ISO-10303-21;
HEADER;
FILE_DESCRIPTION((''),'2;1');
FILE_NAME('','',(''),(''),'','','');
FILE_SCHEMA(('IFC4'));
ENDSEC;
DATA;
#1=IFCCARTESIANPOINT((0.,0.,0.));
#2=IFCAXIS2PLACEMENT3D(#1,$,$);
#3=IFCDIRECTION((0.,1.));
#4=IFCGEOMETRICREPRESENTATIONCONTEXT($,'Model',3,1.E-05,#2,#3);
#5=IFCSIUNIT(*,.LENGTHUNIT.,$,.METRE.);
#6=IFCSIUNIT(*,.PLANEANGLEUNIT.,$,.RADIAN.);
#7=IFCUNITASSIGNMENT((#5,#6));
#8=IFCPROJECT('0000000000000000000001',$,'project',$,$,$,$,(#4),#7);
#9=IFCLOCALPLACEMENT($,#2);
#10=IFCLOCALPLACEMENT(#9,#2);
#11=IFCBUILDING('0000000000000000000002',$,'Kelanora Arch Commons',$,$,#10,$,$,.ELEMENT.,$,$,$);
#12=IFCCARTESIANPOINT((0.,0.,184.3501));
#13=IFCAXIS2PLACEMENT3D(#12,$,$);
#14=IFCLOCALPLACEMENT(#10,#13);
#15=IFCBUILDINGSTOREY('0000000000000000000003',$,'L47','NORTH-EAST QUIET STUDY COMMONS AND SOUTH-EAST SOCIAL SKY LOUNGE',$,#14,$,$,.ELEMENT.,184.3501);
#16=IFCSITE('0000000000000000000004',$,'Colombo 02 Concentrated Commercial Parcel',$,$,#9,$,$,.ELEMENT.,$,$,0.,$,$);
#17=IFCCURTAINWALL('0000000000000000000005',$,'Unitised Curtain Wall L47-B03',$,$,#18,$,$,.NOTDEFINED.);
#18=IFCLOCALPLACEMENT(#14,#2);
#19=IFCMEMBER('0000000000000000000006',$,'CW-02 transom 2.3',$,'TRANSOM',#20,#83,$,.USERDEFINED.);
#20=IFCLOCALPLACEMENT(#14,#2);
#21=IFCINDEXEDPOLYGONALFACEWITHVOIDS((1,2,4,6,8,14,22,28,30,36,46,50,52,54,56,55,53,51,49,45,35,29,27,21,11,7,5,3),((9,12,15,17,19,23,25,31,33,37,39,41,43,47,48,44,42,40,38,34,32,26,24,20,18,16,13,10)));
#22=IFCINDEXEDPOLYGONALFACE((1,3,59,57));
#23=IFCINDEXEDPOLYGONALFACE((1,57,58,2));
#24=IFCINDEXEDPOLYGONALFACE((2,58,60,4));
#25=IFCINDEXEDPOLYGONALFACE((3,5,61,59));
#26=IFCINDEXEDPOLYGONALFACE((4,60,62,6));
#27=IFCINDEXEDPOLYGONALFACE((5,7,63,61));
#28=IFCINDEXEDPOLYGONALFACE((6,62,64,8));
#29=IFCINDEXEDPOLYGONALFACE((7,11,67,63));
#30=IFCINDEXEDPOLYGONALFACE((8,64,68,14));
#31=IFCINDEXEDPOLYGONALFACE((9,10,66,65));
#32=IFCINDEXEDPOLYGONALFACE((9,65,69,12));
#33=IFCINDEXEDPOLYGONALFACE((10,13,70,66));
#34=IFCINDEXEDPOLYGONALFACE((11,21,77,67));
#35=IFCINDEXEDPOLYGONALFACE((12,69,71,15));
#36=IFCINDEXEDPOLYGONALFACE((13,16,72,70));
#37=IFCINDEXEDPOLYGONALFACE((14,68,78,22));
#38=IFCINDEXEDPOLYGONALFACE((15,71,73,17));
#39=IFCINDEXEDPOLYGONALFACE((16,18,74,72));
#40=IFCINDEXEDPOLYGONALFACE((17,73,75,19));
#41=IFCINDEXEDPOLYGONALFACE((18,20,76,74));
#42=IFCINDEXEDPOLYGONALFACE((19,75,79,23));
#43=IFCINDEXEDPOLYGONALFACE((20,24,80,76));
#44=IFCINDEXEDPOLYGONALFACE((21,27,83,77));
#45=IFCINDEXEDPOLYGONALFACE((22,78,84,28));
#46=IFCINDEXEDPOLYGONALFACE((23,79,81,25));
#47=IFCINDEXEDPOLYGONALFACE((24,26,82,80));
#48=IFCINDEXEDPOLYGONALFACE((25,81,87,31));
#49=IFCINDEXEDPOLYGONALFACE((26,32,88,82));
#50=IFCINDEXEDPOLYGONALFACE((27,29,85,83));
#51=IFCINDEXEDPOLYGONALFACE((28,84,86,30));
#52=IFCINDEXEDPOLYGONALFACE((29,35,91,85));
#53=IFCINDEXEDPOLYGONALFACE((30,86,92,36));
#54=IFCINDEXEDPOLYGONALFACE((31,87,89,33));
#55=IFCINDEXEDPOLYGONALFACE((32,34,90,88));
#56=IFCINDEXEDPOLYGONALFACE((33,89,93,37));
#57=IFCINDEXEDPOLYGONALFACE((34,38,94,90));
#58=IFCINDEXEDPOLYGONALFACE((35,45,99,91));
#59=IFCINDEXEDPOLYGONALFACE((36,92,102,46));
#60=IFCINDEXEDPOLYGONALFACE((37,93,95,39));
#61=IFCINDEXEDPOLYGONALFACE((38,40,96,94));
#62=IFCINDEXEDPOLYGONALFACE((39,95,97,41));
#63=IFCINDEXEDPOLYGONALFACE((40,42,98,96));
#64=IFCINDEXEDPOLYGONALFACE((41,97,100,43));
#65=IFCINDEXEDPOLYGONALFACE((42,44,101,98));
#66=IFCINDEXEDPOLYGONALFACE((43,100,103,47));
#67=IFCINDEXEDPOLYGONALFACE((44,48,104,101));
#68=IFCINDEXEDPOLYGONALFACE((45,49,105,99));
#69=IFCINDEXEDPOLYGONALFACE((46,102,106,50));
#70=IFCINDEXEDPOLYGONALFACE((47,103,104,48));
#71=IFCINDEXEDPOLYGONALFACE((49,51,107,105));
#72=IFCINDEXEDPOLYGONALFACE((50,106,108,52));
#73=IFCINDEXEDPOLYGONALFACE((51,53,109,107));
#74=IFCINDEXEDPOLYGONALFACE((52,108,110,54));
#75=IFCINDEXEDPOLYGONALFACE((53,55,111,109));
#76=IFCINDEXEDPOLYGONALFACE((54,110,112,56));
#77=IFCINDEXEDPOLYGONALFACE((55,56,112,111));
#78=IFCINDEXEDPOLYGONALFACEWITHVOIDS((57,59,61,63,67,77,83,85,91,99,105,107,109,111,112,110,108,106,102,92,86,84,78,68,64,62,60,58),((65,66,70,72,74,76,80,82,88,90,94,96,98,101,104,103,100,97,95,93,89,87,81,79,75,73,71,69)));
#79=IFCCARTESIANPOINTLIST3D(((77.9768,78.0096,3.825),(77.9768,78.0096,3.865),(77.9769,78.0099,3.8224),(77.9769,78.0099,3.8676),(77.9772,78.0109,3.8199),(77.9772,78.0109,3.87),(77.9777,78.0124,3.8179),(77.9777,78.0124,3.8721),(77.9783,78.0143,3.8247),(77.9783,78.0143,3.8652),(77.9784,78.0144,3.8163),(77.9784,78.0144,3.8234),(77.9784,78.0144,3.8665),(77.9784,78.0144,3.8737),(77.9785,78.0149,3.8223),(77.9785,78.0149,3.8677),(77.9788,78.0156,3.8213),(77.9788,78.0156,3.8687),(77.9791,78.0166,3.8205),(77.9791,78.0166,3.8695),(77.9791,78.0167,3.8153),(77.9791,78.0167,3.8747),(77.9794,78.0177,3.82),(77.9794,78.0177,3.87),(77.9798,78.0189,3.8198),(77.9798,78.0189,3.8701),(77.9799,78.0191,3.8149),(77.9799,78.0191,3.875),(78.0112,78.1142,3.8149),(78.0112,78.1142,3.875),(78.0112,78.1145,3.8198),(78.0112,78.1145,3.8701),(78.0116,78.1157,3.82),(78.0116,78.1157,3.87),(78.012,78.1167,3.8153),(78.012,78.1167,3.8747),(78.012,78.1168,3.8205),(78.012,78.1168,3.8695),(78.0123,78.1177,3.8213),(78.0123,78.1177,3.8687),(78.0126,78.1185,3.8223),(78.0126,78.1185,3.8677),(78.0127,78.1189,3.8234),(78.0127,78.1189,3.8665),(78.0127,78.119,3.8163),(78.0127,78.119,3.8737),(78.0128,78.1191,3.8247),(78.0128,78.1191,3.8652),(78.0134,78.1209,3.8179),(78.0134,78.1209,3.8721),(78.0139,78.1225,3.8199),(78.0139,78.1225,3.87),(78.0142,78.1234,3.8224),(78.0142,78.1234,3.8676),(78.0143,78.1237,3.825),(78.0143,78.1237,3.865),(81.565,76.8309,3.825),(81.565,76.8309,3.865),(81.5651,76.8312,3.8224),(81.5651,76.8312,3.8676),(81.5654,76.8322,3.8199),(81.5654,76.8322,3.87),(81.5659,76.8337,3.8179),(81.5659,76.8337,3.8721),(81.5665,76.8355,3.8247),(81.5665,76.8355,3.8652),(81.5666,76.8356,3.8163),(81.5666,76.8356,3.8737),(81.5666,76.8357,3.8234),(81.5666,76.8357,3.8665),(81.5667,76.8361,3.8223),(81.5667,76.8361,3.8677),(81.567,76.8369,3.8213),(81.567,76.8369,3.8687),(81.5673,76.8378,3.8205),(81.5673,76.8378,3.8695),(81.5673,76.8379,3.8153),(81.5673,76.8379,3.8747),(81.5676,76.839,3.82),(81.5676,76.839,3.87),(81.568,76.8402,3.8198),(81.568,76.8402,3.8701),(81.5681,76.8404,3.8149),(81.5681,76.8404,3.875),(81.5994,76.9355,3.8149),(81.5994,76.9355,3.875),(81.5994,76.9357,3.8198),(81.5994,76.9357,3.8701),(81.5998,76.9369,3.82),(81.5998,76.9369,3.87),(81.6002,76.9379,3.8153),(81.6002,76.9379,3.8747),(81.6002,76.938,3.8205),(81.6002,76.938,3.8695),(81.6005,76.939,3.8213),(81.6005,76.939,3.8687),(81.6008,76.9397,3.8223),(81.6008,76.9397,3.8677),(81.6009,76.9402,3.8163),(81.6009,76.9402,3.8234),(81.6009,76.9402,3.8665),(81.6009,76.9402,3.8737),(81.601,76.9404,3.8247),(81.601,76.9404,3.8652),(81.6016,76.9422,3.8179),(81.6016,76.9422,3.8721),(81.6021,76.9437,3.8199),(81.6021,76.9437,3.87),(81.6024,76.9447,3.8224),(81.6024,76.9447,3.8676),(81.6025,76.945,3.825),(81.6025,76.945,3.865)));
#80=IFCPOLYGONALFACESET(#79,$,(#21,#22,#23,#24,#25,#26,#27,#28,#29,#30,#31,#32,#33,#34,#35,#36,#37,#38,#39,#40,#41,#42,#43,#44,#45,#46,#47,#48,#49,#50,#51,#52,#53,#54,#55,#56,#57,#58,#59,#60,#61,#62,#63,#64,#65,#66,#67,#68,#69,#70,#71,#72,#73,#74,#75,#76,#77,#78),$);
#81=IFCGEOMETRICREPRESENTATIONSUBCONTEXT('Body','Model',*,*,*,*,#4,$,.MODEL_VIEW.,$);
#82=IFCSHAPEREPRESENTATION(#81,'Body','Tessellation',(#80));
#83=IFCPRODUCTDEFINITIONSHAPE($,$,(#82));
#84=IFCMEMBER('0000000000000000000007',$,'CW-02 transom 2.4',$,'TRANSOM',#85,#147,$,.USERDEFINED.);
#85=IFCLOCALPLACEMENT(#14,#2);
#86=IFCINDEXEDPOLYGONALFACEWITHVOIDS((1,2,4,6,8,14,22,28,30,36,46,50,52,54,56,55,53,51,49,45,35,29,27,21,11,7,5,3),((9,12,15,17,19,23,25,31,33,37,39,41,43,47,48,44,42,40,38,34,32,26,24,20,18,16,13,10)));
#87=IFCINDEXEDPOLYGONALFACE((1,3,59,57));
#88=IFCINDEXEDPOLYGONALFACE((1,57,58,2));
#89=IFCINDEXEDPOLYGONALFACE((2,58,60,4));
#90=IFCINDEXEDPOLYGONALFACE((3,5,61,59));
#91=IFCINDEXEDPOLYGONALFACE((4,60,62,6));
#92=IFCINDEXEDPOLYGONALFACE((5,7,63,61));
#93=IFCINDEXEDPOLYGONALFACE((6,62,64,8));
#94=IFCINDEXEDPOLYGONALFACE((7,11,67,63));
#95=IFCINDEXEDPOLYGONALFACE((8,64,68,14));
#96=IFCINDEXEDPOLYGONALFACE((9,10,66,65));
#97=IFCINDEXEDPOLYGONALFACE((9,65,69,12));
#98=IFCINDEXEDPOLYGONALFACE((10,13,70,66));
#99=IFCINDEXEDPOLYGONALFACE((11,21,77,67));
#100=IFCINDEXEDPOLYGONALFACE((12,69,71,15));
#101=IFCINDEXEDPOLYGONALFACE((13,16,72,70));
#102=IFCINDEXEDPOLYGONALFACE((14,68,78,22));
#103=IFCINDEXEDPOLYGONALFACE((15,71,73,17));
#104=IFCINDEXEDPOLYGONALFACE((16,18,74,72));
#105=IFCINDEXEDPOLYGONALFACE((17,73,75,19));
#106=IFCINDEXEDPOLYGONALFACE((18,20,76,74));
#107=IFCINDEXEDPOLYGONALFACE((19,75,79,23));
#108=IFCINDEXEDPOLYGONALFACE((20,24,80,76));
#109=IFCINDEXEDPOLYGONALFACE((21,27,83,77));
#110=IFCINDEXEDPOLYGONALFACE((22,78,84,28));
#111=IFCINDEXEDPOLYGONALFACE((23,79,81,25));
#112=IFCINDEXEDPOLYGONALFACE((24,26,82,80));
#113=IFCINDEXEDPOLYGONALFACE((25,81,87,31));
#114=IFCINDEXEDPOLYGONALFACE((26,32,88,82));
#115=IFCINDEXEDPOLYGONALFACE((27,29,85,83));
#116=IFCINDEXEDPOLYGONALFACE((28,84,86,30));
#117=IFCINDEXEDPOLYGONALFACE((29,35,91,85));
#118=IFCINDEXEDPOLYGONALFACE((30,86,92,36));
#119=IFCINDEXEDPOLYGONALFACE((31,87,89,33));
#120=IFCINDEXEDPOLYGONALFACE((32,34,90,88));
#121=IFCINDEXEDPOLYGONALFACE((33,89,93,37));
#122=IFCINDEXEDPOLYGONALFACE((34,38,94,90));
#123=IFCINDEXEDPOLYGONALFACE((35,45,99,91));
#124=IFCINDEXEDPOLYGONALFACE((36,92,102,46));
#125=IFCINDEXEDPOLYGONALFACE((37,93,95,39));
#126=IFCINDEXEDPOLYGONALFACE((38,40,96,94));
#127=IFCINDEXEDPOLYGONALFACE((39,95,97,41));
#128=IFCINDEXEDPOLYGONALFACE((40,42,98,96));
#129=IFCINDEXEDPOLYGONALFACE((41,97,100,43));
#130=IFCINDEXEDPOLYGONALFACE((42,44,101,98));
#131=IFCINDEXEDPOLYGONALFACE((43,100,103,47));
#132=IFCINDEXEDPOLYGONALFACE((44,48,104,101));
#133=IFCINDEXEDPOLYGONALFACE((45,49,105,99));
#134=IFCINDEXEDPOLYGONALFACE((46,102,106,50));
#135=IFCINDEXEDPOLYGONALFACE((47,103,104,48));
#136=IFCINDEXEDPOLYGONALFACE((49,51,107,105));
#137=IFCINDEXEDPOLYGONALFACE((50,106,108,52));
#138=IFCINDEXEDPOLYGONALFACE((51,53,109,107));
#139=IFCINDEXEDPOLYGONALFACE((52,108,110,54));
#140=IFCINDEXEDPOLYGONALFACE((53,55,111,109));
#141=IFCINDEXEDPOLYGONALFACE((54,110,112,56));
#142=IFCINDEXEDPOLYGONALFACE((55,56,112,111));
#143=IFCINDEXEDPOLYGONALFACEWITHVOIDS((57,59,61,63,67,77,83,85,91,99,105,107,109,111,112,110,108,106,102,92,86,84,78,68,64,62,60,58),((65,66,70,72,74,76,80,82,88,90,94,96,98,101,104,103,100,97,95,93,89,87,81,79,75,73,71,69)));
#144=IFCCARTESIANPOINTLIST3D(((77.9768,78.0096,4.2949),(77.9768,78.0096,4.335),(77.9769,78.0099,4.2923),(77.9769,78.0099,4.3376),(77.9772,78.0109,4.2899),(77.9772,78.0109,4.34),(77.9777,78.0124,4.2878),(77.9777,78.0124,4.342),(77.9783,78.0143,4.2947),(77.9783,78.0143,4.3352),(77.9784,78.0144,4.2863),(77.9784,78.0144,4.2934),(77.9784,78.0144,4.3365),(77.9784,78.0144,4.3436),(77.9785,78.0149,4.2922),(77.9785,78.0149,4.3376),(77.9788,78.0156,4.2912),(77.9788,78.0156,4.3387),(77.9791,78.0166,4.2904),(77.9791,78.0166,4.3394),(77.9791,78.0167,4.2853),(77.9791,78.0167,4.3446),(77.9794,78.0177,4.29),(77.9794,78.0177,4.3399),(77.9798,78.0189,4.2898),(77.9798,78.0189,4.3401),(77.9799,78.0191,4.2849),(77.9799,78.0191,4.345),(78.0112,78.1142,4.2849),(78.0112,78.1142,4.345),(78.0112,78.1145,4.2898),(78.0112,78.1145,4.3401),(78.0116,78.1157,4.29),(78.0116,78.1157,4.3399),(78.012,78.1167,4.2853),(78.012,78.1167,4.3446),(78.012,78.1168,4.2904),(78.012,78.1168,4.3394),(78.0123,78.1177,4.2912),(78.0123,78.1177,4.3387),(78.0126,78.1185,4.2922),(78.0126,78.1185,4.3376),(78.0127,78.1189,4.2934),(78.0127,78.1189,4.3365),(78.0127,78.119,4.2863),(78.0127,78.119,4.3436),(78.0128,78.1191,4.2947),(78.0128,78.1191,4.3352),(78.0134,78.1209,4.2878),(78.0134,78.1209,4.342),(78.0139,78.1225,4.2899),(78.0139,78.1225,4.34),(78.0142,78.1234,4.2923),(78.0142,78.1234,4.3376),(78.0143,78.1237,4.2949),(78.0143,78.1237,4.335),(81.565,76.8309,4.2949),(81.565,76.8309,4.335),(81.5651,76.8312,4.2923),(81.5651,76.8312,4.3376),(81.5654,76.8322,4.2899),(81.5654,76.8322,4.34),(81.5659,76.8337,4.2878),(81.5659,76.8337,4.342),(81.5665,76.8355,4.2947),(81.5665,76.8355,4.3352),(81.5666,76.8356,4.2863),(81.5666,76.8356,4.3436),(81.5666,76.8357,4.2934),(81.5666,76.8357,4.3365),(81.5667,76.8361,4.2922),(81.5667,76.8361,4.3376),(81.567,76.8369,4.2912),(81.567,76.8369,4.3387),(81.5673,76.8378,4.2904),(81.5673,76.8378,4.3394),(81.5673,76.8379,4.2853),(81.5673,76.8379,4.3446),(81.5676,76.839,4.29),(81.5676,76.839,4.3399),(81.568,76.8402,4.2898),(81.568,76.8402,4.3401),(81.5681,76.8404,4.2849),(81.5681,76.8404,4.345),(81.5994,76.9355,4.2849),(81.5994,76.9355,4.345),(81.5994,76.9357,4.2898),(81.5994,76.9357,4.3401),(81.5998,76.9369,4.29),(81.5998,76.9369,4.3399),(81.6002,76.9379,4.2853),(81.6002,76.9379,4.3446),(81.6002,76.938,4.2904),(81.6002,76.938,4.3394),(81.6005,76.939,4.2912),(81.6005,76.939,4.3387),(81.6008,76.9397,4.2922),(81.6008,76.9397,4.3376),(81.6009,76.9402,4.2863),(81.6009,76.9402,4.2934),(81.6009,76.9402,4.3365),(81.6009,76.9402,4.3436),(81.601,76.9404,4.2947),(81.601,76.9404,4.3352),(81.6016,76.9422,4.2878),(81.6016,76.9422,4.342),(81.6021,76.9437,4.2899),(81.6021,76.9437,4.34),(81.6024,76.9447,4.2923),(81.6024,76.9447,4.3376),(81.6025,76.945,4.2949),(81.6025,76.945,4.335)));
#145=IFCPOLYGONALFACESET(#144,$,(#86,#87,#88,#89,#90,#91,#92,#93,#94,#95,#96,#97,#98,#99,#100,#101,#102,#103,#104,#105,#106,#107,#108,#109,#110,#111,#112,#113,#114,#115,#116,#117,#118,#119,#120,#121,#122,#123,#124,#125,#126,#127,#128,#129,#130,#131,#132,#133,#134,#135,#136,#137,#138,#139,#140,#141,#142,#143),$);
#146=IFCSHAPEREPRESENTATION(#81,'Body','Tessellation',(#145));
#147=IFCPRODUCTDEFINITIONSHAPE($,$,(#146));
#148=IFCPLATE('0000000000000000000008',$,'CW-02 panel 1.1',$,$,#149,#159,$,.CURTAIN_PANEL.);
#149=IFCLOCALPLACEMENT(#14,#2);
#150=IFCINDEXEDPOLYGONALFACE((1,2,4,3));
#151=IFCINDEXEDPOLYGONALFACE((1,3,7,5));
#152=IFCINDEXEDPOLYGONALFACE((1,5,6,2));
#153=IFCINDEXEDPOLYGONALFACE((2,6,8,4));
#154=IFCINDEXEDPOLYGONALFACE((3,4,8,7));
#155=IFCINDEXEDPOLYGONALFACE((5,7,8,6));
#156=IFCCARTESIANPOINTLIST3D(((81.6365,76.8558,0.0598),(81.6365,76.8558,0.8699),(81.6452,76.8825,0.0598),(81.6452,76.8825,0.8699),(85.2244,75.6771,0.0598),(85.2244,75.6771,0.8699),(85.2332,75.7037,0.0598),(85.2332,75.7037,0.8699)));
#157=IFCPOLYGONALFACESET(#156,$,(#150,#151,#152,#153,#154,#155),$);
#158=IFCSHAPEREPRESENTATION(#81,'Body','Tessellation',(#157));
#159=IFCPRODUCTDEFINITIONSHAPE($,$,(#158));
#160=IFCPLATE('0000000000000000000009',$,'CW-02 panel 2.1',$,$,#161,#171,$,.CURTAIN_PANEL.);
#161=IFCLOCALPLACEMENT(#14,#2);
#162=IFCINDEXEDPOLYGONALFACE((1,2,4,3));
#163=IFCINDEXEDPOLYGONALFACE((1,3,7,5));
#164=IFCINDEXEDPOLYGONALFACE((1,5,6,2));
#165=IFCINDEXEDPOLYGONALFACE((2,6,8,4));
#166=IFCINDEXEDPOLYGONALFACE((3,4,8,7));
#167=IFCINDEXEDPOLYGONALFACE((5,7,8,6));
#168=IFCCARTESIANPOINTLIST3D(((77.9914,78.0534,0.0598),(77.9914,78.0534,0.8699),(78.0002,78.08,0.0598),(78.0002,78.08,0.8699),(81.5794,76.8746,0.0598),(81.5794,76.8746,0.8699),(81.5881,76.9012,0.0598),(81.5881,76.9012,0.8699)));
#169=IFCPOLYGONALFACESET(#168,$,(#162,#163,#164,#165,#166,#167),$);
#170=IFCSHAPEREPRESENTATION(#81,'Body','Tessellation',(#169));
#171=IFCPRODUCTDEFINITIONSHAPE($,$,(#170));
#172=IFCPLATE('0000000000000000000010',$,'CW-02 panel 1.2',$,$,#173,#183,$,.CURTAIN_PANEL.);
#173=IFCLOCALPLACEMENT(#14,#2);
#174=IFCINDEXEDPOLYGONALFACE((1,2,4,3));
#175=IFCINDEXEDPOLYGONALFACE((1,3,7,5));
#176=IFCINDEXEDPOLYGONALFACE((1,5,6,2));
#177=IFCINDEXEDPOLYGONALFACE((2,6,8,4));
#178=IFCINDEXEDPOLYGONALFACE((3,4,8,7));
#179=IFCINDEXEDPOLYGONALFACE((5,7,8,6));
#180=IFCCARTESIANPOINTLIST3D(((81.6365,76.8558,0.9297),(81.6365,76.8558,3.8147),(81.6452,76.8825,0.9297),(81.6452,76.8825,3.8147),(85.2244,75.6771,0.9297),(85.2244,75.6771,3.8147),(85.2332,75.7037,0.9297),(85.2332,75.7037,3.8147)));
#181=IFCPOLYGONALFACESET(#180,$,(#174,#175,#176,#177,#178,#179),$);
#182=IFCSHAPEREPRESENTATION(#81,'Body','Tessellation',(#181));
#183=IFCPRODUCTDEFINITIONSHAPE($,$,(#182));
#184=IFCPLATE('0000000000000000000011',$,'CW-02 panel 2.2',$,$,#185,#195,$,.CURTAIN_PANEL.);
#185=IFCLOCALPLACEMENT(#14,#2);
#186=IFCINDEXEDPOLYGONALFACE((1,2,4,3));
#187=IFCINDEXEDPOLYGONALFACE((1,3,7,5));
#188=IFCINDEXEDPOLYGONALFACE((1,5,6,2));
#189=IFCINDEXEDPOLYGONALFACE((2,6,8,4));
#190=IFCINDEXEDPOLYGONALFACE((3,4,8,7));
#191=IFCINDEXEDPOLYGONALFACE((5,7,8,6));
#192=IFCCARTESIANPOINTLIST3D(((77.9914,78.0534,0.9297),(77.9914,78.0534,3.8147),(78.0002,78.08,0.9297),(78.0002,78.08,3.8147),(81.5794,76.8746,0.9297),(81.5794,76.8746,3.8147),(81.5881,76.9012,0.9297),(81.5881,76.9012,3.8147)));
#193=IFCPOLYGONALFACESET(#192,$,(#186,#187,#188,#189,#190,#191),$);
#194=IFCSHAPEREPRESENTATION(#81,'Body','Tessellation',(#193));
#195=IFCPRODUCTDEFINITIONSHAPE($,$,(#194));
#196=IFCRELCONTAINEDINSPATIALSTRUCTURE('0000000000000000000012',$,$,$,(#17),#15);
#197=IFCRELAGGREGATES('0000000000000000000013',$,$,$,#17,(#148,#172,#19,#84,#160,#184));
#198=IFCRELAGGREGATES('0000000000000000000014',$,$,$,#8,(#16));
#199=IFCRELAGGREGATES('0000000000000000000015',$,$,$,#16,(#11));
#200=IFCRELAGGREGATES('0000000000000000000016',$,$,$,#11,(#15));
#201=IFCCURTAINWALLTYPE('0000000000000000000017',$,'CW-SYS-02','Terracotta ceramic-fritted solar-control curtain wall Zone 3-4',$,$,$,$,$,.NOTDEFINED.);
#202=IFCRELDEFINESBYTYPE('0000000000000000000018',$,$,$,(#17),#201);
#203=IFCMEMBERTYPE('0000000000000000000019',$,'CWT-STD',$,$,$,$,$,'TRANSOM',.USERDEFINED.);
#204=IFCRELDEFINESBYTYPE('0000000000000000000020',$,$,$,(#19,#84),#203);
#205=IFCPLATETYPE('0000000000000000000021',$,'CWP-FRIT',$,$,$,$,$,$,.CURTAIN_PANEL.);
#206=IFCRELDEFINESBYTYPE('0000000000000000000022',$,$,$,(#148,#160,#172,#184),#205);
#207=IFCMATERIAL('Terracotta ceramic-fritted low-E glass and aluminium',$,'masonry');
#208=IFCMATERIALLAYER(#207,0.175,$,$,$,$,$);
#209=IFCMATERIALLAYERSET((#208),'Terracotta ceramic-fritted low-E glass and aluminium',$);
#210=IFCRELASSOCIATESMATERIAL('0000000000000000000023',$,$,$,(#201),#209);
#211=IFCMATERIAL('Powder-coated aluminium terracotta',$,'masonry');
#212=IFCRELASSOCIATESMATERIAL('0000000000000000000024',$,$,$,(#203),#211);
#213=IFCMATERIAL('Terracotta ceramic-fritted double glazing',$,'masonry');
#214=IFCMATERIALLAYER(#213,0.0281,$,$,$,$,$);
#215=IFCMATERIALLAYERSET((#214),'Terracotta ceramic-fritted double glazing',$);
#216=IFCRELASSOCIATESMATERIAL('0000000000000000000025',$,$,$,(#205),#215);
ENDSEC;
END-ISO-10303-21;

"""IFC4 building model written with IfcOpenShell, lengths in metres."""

from ifc_helpers import new_model, si_unit, direction, frame, origin, origin_2d, place, context, subcontext, project, spatial, rectangle, hollow_rectangle, extrude, source, transform, mapped, material, layer, layer_set, material_profile, profile_set, type_object, element, aggregate, save


model = new_model("IFC4")

# Units and contexts
model_context = context("Model", 3, precision=1e-05, world=origin(), true_north=direction((0.0, 1.0)))
body_context = subcontext(model_context, "Body", "Model", "MODEL_VIEW")
ifc_project = project(units=[si_unit("LENGTHUNIT", "METRE"), si_unit("PLANEANGLEUNIT", "RADIAN")], contexts=[model_context])

# Site, building, storey
site_placement = place(None, origin())
site = spatial("IfcSite", under=ifc_project, at=site_placement, Name="Colombo 02 Concentrated Commercial Parcel", CompositionType="ELEMENT", RefElevation=0.0)
building_placement = place(site_placement, origin())
building = spatial("IfcBuilding", under=site, at=building_placement, Name="Kelanora Arch Commons", CompositionType="ELEMENT")
storey_placement = place(building_placement, frame((0.0, 0.0, 184.3501)))
storey = spatial("IfcBuildingStorey", under=building, at=storey_placement, Name="L47", Description="NORTH-EAST QUIET STUDY COMMONS AND SOUTH-EAST SOCIAL SKY LOUNGE", CompositionType="ELEMENT", Elevation=184.3501)

# Curtain wall, members, plates
ifc_material_1 = material(Name="Terracotta ceramic-fritted low-E glass and aluminium", Category="masonry")
ifc_layer_1 = layer(ifc_material_1, 0.175)
ifc_layer_set_1 = layer_set([ifc_layer_1], Name="Terracotta ceramic-fritted low-E glass and aluminium")
curtain_wall_type = type_object("IfcCurtainWallType", Name="CW-SYS-02", Description="Terracotta ceramic-fritted solar-control curtain wall Zone 3-4", PredefinedType="NOTDEFINED", material=ifc_layer_set_1)
curtain_wall_placement = place(storey_placement, origin())
curtain_wall = element("IfcCurtainWall", 1, at=curtain_wall_placement, inside=storey, type_object=curtain_wall_type, Name="Unitised Curtain Wall L47-B03", PredefinedType="NOTDEFINED")
ifc_material_2 = material(Name="Powder-coated aluminium terracotta", Category="masonry")
ifc_material_profile_1 = material_profile(ifc_material_2, hollow_rectangle(XDim=0.1201, YDim=0.0601, WallThickness=0.0049, InnerFilletRadius=0.0049, OuterFilletRadius=0.01, at=origin_2d()), Name="CWT120x60")
ifc_profile_set_1 = profile_set([ifc_material_profile_1], Name="Powder-coated aluminium terracotta")
member_type_1 = type_object("IfcMemberType", Name="CWT-STD", ElementType="TRANSOM", PredefinedType="USERDEFINED", material=ifc_profile_set_1)
member_1_placement = place(storey_placement, frame((81.5837, 76.8879, 3.845), z_axis=(-0.950051, 0.312094, 0.0), x_axis=(-0.312094, -0.950051, 0.0)))
member_1 = element("IfcMember", 2, at=member_1_placement, type_object=member_type_1, Name="CW-02 transom 2.3", ObjectType="TRANSOM", PredefinedType="USERDEFINED", context=body_context, shape_type="SweptSolid", body=[
    extrude(hollow_rectangle(XDim=0.1201, YDim=0.0601, WallThickness=0.0049, InnerFilletRadius=0.0049, OuterFilletRadius=0.01, at=origin_2d()), origin(), (0.0, 0.0, 1.0), 3.7769),
])
member_2_placement = place(storey_placement, frame((81.5837, 76.8879, 4.3149), z_axis=(-0.950051, 0.312094, 0.0), x_axis=(-0.312094, -0.950051, 0.0)))
member_2 = element("IfcMember", 3, at=member_2_placement, type_object=member_type_1, Name="CW-02 transom 2.4", ObjectType="TRANSOM", PredefinedType="USERDEFINED", context=body_context, shape_type="SweptSolid", body=[
    extrude(hollow_rectangle(XDim=0.1201, YDim=0.0601, WallThickness=0.0049, InnerFilletRadius=0.0049, OuterFilletRadius=0.01, at=origin_2d()), origin(), (0.0, 0.0, 1.0), 3.7769),
])
ifc_material_3 = material(Name="Terracotta ceramic-fritted double glazing", Category="masonry")
ifc_layer_2 = layer(ifc_material_3, 0.0281)
ifc_layer_set_2 = layer_set([ifc_layer_2], Name="Terracotta ceramic-fritted double glazing")
plate_type = type_object("IfcPlateType", Name="CWP-FRIT", PredefinedType="CURTAIN_PANEL", material=ifc_layer_set_2)
shared_shape_1 = source(origin(), body_context, "Body", "SweptSolid", [
    extrude(rectangle(XDim=3.7766, YDim=0.0281, at=origin_2d()), origin(), (0.0, 0.0, 1.0), 0.8101),
])
plate_1_placement = place(storey_placement, frame((83.4348, 76.2798, 0.0598), z_axis=(0.0, 0.0, 1.0), x_axis=(-0.95004, 0.312128, 0.0)))
plate_1 = element("IfcPlate", 4, at=plate_1_placement, type_object=plate_type, Name="CW-02 panel 1.1", PredefinedType="CURTAIN_PANEL", context=body_context, shape_type="MappedRepresentation", body=[
    mapped(shared_shape_1, transform((0.0, 0.0, 0.0), scale=1.0)),
])
plate_2_placement = place(storey_placement, frame((79.7898, 77.4773, 0.0598), z_axis=(0.0, 0.0, 1.0), x_axis=(-0.95004, 0.312128, 0.0)))
plate_2 = element("IfcPlate", 5, at=plate_2_placement, type_object=plate_type, Name="CW-02 panel 2.1", PredefinedType="CURTAIN_PANEL", context=body_context, shape_type="MappedRepresentation", body=[
    mapped(shared_shape_1, transform((0.0, 0.0, 0.0), scale=1.0)),
])
shared_shape_2 = source(origin(), body_context, "Body", "SweptSolid", [
    extrude(rectangle(XDim=3.7766, YDim=0.0281, at=origin_2d()), origin(), (0.0, 0.0, 1.0), 2.885),
])
plate_3_placement = place(storey_placement, frame((83.4348, 76.2798, 0.9297), z_axis=(0.0, 0.0, 1.0), x_axis=(-0.95004, 0.312128, 0.0)))
plate_3 = element("IfcPlate", 6, at=plate_3_placement, type_object=plate_type, Name="CW-02 panel 1.2", PredefinedType="CURTAIN_PANEL", context=body_context, shape_type="MappedRepresentation", body=[
    mapped(shared_shape_2, transform((0.0, 0.0, 0.0), scale=1.0)),
])
plate_4_placement = place(storey_placement, frame((79.7898, 77.4773, 0.9297), z_axis=(0.0, 0.0, 1.0), x_axis=(-0.95004, 0.312128, 0.0)))
plate_4 = element("IfcPlate", 7, at=plate_4_placement, type_object=plate_type, Name="CW-02 panel 2.2", PredefinedType="CURTAIN_PANEL", context=body_context, shape_type="MappedRepresentation", body=[
    mapped(shared_shape_2, transform((0.0, 0.0, 0.0), scale=1.0)),
])
aggregate(curtain_wall, [plate_1, plate_3, member_1, member_2, plate_2, plate_4])

save(model, "model.ifc")
